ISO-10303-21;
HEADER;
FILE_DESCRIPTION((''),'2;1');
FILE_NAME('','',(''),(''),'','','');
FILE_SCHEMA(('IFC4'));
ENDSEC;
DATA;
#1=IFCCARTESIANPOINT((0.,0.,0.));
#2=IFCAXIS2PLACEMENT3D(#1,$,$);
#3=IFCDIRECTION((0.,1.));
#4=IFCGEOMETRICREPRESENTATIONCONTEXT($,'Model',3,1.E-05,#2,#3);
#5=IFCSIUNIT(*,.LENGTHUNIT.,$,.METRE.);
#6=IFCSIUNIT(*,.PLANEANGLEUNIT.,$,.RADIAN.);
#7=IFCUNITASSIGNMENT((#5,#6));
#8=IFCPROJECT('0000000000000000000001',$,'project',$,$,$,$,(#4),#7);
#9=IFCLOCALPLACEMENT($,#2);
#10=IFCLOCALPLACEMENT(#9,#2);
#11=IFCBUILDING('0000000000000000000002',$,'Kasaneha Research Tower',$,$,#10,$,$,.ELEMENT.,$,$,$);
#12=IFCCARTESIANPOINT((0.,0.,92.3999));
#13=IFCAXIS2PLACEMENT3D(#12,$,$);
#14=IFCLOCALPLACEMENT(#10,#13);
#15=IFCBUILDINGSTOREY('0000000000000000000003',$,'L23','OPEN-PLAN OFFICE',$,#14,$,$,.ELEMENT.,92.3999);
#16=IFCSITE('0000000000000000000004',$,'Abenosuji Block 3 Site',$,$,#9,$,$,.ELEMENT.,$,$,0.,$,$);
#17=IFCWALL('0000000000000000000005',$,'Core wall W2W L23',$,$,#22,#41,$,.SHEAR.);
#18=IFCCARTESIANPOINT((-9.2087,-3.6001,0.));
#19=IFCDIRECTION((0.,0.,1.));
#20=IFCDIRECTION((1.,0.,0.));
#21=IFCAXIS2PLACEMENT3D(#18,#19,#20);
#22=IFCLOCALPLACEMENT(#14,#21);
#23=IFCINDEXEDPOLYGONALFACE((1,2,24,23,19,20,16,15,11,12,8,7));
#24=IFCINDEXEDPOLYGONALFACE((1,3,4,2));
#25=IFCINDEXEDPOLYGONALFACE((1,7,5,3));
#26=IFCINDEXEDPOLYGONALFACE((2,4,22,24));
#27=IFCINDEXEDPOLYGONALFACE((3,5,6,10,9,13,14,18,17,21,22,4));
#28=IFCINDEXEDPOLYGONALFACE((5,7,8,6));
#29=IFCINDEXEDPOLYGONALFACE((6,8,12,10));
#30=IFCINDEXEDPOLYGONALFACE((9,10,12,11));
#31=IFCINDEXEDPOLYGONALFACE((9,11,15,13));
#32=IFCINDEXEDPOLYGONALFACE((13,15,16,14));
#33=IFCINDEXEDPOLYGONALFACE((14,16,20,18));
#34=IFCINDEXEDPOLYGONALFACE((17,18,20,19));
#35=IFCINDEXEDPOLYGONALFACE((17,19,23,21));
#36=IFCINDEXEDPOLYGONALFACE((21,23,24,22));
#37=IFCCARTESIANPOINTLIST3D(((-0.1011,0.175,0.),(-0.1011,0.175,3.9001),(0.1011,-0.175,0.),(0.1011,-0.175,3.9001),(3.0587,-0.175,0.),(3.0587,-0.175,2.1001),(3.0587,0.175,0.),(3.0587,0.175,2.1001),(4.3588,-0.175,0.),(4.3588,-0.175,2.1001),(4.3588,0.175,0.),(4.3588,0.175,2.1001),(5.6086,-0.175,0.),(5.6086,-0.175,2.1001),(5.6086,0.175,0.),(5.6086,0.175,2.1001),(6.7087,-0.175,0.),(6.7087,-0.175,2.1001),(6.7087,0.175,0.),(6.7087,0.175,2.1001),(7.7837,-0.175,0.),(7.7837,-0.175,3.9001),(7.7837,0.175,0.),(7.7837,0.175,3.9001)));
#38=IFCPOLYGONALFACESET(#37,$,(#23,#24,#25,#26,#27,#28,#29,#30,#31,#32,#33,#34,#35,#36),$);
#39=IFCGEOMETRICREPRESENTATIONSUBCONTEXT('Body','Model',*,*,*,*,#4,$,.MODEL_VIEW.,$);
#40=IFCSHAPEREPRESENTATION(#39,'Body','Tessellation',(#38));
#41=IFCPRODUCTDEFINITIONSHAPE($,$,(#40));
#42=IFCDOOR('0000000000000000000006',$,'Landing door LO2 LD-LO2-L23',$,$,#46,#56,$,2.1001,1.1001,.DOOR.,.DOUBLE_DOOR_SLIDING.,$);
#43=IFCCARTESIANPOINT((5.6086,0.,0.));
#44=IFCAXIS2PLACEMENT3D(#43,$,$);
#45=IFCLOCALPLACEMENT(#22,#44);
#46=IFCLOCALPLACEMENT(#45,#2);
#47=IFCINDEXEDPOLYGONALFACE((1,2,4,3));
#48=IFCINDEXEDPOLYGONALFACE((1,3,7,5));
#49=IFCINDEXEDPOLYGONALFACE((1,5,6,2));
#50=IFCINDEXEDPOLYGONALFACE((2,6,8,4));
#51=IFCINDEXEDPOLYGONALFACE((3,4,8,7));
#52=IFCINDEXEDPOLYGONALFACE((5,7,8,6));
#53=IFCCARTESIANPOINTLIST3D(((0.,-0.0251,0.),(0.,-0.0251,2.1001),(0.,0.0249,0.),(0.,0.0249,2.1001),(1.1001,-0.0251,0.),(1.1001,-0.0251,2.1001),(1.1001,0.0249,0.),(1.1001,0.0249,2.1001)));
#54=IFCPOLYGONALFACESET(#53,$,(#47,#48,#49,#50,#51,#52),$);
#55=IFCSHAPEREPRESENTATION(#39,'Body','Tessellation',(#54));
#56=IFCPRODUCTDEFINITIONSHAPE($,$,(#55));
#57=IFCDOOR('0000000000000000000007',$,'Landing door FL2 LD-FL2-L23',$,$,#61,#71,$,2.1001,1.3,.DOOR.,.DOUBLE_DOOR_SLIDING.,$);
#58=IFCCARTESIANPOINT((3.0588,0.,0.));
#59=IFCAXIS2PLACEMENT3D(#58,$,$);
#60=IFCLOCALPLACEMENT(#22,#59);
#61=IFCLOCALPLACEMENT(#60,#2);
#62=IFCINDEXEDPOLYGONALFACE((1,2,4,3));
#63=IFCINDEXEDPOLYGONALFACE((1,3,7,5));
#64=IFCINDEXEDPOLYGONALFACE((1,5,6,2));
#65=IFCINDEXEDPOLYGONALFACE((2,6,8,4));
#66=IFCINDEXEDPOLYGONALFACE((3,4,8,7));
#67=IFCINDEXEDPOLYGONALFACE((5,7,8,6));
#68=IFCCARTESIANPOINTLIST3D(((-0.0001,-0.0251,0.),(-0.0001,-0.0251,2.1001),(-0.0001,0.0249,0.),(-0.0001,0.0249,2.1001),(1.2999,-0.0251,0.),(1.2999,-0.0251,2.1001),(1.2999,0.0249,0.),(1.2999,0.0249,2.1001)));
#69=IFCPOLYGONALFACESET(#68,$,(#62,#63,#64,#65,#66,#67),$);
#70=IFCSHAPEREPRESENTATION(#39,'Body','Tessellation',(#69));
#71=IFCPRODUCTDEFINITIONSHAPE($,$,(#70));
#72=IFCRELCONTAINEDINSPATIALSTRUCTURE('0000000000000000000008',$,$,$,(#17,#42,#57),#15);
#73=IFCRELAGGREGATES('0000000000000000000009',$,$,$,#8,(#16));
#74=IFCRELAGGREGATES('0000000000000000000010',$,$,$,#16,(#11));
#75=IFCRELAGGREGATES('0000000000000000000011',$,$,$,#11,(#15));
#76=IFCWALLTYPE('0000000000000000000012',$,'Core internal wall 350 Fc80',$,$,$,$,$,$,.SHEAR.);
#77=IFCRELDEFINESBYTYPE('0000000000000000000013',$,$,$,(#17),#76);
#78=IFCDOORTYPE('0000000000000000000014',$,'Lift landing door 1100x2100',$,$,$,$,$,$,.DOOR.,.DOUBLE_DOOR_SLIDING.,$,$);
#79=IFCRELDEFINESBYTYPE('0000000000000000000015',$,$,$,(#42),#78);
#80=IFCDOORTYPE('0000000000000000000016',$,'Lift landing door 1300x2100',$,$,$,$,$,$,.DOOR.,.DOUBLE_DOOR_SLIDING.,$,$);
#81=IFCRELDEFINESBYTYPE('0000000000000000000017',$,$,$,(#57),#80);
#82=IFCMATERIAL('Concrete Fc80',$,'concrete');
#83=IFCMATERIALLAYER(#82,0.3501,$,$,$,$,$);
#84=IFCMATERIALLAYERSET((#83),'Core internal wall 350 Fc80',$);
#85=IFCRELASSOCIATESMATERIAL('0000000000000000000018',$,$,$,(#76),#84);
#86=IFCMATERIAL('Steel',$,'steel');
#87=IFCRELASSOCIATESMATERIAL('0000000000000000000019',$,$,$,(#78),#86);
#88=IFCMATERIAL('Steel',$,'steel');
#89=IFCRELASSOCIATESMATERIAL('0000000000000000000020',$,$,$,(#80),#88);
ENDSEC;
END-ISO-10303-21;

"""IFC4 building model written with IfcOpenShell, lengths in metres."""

from ifc_helpers import new_model, si_unit, direction, frame, frame_2d, origin, place, context, subcontext, project, spatial, polyline, rectangle, outline, extrude, material, layer, layer_set, type_object, element, fill, save


model = new_model("IFC4")

# Units and contexts
model_context = context("Model", 3, precision=1e-05, world=origin(), true_north=direction((0.0, 1.0)))
body_context = subcontext(model_context, "Body", "Model", "MODEL_VIEW")
ifc_project = project(units=[si_unit("LENGTHUNIT", "METRE"), si_unit("PLANEANGLEUNIT", "RADIAN")], contexts=[model_context])

# Site, building, storey
site_placement = place(None, origin())
site = spatial("IfcSite", under=ifc_project, at=site_placement, Name="Abenosuji Block 3 Site", CompositionType="ELEMENT", RefElevation=0.0)
building_placement = place(site_placement, origin())
building = spatial("IfcBuilding", under=site, at=building_placement, Name="Kasaneha Research Tower", CompositionType="ELEMENT")
storey_placement = place(building_placement, frame((0.0, 0.0, 92.3999)))
storey = spatial("IfcBuildingStorey", under=building, at=storey_placement, Name="L23", Description="OPEN-PLAN OFFICE", CompositionType="ELEMENT", Elevation=92.3999)

# Wall, openings, doors
ifc_material_1 = material(Name="Concrete Fc80", Category="concrete")
ifc_layer_1 = layer(ifc_material_1, 0.3501)
ifc_layer_set_1 = layer_set([ifc_layer_1], Name="Core internal wall 350 Fc80")
wall_type_1 = type_object("IfcWallType", Name="Core internal wall 350 Fc80", PredefinedType="SHEAR", material=ifc_layer_set_1)
wall_1_placement = place(storey_placement, frame((-9.2087, -3.6001, 0.0), z_axis=(0.0, 0.0, 1.0), x_axis=(1.0, 0.0, 0.0)))
wall_1 = element("IfcWall", 1, at=wall_1_placement, inside=storey, type_object=wall_type_1, Name="Core wall W2W L23", PredefinedType="SHEAR", context=body_context, shape_type="SweptSolid", body=[
    extrude(outline(polyline([(0.1011, -0.175), (3.0588, -0.175), (4.3589, -0.175), (5.6086, -0.175), (6.7087, -0.175), (7.7837, -0.175), (7.7837, 0.175), (6.7087, 0.175), (5.6086, 0.175), (4.3589, 0.175), (3.0588, 0.175), (-0.1011, 0.175), (0.1011, -0.175)])), origin(), (0.0, 0.0, 1.0), 3.9001),
])
opening_1_placement = place(wall_1_placement, frame((5.6086, 0.0, 0.0)))
opening_1 = element("IfcOpeningElement", 2, at=opening_1_placement, cuts=wall_1, PredefinedType="OPENING", context=body_context, shape_type="SweptSolid", body=[
    extrude(rectangle(XDim=1.1001, YDim=2.1001, at=frame_2d((0.55, 1.05))), frame((0.0, 0.1851, 0.0), z_axis=(0.0, -1.0, 0.0), x_axis=(1.0, 0.0, 0.0)), (0.0, 0.0, 1.0), 0.3701),
])
opening_2_placement = place(wall_1_placement, frame((3.0588, 0.0, 0.0)))
opening_2 = element("IfcOpeningElement", 3, at=opening_2_placement, cuts=wall_1, PredefinedType="OPENING", context=body_context, shape_type="SweptSolid", body=[
    extrude(rectangle(XDim=1.3, YDim=2.1001, at=frame_2d((0.6499, 1.05))), frame((0.0, 0.1851, 0.0), z_axis=(0.0, -1.0, 0.0), x_axis=(1.0, 0.0, 0.0)), (0.0, 0.0, 1.0), 0.3701),
])
ifc_material_2 = material(Name="Steel", Category="steel")
door_type_1 = type_object("IfcDoorType", Name="Lift landing door 1100x2100", OperationType="DOUBLE_DOOR_SLIDING", PredefinedType="DOOR", material=ifc_material_2)
door_1_placement = place(opening_1_placement, origin())
door_1 = element("IfcDoor", 4, at=door_1_placement, inside=storey, type_object=door_type_1, Name="Landing door LO2 LD-LO2-L23", OperationType="DOUBLE_DOOR_SLIDING", OverallHeight=2.1001, OverallWidth=1.1001, PredefinedType="DOOR", context=body_context, shape_type="SweptSolid", body=[
    extrude(rectangle(XDim=1.1001, YDim=2.1001, at=frame_2d((0.55, 1.05))), frame((0.0, 0.0249, 0.0), z_axis=(0.0, -1.0, 0.0), x_axis=(1.0, 0.0, 0.0)), (0.0, 0.0, 1.0), 0.05),
])
fill(opening_1, door_1)
ifc_material_3 = material(Name="Steel", Category="steel")
door_type_2 = type_object("IfcDoorType", Name="Lift landing door 1300x2100", OperationType="DOUBLE_DOOR_SLIDING", PredefinedType="DOOR", material=ifc_material_3)
door_2_placement = place(opening_2_placement, origin())
door_2 = element("IfcDoor", 5, at=door_2_placement, inside=storey, type_object=door_type_2, Name="Landing door FL2 LD-FL2-L23", OperationType="DOUBLE_DOOR_SLIDING", OverallHeight=2.1001, OverallWidth=1.3, PredefinedType="DOOR", context=body_context, shape_type="SweptSolid", body=[
    extrude(rectangle(XDim=1.3, YDim=2.1001, at=frame_2d((0.6499, 1.05))), frame((0.0, 0.0249, 0.0), z_axis=(0.0, -1.0, 0.0), x_axis=(1.0, 0.0, 0.0)), (0.0, 0.0, 1.0), 0.05),
])
fill(opening_2, door_2)

save(model, "model.ifc")
